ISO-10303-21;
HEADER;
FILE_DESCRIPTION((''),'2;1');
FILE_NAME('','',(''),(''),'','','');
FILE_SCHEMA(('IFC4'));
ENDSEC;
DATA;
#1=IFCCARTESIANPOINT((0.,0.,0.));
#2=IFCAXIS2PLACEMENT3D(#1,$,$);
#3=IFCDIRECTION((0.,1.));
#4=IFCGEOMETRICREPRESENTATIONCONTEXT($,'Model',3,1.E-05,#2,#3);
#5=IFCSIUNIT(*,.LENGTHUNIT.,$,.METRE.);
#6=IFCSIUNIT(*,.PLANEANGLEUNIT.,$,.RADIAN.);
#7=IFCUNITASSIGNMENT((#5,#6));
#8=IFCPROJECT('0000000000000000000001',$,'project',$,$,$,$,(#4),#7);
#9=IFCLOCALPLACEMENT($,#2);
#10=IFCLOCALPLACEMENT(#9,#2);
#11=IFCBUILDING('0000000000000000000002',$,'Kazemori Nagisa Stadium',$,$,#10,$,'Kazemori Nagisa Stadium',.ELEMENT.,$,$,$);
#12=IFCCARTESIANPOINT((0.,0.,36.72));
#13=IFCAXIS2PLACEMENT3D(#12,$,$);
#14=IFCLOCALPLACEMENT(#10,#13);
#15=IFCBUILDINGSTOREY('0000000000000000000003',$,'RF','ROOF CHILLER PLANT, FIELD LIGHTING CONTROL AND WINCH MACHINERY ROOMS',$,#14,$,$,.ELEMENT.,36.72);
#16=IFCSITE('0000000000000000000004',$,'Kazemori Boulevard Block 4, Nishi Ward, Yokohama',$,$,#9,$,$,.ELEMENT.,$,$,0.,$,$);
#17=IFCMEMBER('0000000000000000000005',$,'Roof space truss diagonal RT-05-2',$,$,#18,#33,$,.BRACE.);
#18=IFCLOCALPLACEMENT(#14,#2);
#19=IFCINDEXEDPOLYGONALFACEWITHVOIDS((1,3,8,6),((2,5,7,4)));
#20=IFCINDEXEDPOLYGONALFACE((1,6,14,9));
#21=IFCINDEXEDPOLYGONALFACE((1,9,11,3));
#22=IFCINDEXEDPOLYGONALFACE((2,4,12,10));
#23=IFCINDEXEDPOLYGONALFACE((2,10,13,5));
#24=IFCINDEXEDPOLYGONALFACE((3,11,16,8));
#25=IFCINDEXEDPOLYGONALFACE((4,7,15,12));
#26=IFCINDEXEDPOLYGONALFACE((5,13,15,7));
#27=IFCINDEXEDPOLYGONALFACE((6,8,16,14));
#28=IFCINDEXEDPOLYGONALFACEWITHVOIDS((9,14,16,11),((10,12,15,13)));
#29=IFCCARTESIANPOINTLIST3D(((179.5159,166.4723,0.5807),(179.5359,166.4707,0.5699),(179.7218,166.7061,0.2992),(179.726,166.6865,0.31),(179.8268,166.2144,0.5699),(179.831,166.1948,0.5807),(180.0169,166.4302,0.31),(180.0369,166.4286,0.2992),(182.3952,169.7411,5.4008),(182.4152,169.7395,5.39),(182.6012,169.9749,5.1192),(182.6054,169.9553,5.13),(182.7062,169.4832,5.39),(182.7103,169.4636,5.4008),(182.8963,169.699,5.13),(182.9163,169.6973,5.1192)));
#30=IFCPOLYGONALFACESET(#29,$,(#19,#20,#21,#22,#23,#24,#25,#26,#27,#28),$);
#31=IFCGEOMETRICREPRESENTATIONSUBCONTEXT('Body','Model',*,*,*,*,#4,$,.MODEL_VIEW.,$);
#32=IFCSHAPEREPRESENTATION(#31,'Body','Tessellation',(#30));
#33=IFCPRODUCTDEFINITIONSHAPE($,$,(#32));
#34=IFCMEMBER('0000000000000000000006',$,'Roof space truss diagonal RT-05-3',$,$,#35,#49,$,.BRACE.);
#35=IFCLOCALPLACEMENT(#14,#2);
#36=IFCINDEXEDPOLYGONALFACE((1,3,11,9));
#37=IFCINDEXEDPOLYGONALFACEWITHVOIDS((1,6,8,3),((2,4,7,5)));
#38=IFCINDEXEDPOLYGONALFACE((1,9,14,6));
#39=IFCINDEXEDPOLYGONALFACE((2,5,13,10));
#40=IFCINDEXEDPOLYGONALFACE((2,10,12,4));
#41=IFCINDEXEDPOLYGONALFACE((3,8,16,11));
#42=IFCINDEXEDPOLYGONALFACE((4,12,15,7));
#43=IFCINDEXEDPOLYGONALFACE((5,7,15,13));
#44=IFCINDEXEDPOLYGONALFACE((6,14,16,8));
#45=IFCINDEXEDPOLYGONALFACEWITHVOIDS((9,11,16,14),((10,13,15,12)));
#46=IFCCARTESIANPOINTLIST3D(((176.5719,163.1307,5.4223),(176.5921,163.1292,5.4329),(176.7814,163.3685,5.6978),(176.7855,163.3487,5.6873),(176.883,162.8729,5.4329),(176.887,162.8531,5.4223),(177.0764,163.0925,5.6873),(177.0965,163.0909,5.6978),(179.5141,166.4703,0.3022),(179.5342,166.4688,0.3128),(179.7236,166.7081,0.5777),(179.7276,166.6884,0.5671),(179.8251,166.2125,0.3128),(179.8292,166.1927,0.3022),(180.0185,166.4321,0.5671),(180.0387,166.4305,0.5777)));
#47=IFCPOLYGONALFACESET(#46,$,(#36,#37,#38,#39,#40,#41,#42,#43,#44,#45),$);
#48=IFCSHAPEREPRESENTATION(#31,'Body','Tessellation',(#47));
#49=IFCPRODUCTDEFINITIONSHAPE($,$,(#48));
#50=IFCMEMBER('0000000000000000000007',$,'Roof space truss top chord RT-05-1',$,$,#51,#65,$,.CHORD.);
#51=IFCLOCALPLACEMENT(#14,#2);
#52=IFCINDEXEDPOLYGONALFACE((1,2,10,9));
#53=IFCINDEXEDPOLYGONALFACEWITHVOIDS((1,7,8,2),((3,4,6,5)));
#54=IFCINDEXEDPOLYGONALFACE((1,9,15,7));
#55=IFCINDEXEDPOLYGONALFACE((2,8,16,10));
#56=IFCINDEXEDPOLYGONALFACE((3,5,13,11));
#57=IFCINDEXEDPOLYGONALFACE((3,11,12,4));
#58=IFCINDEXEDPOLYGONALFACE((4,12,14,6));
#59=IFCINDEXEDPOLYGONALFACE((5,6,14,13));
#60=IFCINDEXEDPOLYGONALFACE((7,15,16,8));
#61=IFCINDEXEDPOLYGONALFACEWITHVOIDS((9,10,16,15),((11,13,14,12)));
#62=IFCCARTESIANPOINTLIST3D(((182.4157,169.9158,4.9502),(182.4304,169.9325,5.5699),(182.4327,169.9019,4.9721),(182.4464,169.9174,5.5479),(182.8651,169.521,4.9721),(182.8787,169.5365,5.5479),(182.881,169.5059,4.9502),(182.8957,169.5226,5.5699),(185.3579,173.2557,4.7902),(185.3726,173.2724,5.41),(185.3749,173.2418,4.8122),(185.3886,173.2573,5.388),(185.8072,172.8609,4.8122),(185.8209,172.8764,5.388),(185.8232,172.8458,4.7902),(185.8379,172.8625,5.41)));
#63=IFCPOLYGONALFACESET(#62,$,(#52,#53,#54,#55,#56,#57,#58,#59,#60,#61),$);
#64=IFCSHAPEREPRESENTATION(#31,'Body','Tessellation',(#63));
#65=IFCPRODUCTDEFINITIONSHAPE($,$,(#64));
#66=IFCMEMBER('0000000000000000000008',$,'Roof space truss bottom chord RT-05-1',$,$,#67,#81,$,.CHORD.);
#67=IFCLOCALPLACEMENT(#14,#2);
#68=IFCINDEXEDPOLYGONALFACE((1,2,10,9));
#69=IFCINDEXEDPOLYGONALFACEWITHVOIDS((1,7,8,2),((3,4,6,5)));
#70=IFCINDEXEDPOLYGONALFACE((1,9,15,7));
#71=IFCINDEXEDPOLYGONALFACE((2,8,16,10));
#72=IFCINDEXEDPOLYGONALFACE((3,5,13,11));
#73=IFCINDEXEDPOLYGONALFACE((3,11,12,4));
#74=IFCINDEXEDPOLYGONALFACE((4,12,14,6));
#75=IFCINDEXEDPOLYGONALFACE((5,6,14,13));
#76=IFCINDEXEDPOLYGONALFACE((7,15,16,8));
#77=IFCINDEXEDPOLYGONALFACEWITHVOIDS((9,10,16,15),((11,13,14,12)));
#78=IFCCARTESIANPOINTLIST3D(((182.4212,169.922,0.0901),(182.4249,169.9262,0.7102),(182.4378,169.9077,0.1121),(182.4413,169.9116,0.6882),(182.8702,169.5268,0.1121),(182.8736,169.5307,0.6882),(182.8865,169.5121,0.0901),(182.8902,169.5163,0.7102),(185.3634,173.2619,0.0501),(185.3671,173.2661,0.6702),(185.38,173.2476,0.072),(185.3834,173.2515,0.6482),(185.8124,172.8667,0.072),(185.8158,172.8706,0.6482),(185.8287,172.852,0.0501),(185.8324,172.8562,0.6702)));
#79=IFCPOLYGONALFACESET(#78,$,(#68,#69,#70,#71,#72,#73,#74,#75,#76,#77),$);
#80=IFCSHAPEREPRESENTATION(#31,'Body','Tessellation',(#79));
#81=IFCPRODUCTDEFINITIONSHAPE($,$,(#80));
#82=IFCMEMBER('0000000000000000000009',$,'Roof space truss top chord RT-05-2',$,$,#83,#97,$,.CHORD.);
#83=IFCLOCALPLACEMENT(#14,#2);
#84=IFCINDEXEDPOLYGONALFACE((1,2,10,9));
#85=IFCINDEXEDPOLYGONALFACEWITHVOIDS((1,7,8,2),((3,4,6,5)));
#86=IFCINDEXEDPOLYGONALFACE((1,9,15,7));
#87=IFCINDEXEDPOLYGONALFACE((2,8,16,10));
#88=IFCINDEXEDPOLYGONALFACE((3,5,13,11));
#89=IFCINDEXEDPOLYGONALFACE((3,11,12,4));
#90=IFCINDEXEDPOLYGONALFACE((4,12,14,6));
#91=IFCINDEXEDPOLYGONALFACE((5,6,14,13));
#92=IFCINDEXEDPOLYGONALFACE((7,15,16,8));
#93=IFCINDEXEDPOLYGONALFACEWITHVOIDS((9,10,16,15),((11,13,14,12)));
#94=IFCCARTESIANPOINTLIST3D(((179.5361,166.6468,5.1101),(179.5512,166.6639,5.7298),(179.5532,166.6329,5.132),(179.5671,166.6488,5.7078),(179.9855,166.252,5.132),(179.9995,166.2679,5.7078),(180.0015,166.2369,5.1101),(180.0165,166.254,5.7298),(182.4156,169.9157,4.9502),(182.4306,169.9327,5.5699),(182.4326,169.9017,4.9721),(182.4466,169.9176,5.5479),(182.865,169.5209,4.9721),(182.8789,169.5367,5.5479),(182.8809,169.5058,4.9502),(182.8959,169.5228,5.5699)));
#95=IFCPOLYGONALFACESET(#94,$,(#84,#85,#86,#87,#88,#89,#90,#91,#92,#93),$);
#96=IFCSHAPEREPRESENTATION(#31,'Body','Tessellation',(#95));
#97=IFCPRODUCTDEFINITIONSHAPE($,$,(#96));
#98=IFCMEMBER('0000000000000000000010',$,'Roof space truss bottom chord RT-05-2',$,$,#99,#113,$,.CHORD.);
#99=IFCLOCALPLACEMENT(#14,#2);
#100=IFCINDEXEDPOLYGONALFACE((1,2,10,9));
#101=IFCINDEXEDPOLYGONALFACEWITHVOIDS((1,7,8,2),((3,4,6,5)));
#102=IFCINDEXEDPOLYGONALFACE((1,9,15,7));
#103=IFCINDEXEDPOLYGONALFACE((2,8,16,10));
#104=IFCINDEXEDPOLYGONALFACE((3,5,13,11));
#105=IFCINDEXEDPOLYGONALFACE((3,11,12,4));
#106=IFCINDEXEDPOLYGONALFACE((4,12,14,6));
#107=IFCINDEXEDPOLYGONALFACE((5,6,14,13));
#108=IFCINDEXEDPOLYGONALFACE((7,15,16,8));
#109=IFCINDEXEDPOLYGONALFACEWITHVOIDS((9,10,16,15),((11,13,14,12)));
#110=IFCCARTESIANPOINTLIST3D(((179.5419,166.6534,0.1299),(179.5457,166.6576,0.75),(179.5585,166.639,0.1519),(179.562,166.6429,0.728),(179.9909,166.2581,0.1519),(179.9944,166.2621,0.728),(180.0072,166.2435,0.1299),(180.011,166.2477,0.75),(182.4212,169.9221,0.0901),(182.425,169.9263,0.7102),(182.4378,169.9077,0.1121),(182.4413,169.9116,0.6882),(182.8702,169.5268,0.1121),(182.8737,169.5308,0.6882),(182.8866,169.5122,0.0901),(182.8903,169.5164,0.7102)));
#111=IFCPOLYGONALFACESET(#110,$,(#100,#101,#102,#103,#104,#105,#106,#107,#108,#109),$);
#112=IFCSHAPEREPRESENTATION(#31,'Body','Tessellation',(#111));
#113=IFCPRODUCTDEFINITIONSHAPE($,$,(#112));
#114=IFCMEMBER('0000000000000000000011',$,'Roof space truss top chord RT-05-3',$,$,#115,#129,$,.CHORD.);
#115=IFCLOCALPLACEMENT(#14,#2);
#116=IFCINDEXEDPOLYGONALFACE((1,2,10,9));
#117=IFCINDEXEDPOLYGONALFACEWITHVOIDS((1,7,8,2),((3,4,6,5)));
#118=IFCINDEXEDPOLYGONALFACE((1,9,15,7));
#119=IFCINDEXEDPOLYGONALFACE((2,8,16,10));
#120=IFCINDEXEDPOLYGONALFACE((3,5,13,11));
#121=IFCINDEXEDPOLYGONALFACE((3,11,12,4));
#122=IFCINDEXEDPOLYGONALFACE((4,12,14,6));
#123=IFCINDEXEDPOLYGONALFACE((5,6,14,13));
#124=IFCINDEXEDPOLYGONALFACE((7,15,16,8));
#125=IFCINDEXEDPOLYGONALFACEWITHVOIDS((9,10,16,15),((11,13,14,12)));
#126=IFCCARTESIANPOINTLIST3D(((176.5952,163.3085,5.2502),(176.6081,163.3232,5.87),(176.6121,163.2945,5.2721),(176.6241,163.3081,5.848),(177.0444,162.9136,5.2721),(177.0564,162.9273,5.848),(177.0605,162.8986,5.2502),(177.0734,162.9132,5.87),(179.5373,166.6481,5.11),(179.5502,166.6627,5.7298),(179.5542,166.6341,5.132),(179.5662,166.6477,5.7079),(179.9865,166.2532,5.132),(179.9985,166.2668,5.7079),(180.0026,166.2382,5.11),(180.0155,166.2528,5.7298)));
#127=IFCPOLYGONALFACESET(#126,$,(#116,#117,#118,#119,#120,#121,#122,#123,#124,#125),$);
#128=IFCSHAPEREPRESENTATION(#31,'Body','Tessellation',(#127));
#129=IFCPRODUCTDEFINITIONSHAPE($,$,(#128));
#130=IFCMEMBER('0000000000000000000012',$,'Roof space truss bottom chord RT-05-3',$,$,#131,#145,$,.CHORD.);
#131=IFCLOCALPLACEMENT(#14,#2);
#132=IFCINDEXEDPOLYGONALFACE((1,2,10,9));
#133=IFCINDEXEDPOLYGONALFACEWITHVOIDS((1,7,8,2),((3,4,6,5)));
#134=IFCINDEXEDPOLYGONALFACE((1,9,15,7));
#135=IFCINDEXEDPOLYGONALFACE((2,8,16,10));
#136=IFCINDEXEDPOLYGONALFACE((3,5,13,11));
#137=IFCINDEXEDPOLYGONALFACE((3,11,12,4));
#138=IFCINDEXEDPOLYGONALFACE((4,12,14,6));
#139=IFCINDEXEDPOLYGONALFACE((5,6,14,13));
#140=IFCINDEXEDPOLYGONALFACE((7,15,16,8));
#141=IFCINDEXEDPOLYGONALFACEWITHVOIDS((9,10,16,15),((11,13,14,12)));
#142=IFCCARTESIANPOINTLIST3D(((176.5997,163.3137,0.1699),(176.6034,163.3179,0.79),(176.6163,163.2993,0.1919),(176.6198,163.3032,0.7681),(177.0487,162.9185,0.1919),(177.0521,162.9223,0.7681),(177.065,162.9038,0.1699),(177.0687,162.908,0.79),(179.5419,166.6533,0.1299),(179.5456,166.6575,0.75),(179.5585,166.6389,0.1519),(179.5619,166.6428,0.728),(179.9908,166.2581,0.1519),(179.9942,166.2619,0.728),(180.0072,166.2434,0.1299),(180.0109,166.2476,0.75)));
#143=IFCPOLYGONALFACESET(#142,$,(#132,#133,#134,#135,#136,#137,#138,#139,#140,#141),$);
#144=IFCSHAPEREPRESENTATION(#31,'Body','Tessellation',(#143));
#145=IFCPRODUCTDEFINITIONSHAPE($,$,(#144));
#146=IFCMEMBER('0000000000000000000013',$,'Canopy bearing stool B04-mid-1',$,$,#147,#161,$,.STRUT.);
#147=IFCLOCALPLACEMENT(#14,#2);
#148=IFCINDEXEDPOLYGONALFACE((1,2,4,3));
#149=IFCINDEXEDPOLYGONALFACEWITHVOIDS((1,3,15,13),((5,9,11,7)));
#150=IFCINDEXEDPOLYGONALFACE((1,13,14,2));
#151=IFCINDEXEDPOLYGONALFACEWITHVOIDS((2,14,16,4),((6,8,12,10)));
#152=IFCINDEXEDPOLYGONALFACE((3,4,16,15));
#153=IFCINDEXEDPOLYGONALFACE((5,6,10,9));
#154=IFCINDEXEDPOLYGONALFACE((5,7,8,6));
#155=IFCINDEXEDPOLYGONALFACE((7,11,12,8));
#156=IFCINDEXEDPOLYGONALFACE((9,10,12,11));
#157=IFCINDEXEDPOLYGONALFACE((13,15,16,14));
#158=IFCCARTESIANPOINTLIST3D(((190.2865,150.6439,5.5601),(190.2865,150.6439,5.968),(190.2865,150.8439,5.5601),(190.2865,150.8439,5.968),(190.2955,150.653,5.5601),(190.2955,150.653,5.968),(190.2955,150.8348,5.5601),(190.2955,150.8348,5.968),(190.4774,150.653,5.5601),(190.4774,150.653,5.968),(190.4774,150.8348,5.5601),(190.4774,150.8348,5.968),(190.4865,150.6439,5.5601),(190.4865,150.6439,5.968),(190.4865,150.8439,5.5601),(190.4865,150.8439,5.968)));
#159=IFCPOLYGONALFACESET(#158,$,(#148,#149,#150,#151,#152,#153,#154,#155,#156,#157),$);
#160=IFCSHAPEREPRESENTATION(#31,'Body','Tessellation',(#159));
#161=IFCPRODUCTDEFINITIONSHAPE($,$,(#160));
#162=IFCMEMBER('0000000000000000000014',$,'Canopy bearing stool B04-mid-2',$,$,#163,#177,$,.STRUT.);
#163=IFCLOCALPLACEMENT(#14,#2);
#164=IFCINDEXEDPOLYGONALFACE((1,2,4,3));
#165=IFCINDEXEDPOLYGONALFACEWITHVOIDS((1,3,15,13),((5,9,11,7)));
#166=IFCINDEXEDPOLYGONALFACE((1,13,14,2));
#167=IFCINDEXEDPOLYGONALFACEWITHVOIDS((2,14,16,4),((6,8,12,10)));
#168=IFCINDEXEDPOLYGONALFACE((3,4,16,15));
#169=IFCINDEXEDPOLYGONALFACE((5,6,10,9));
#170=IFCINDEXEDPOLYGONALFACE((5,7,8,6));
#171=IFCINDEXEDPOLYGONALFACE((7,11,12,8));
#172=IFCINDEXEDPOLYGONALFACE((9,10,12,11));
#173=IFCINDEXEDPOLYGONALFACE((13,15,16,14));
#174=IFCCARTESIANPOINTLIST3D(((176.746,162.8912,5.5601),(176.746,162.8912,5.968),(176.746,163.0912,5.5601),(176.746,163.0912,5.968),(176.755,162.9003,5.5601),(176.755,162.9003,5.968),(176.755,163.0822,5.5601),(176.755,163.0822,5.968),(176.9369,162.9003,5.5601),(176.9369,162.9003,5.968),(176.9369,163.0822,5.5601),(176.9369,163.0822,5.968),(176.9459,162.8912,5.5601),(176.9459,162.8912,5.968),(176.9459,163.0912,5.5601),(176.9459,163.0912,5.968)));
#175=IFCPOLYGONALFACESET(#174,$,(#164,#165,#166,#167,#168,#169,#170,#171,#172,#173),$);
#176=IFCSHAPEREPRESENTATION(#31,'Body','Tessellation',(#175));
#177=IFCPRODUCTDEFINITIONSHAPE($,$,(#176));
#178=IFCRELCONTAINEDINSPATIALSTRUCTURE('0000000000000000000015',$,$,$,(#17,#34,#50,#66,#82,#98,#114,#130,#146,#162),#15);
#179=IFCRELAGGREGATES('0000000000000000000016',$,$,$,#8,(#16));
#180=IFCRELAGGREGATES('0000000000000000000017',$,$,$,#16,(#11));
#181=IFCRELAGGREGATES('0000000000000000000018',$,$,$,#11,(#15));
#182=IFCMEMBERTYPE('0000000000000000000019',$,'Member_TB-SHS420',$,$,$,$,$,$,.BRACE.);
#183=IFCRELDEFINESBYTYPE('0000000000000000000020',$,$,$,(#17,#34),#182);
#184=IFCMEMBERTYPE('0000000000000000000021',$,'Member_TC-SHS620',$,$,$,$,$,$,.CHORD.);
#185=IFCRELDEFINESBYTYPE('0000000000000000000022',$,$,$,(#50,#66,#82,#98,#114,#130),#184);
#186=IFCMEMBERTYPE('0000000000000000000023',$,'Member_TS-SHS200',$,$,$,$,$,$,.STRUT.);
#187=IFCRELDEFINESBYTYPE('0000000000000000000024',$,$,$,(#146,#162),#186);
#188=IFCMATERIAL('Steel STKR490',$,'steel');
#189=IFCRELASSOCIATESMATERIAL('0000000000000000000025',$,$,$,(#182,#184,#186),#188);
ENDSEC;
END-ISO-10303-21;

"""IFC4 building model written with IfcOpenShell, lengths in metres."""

from ifc_helpers import new_model, si_unit, direction, frame, origin, origin_2d, place, context, subcontext, project, spatial, hollow_rectangle, extrude, material, material_profile, profile_set, type_object, element, save


model = new_model("IFC4")

# Units and contexts
model_context = context("Model", 3, precision=1e-05, world=origin(), true_north=direction((0.0, 1.0)))
body_context = subcontext(model_context, "Body", "Model", "MODEL_VIEW")
ifc_project = project(units=[si_unit("LENGTHUNIT", "METRE"), si_unit("PLANEANGLEUNIT", "RADIAN")], contexts=[model_context])

# Site, building, storey
site_placement = place(None, origin())
site = spatial("IfcSite", under=ifc_project, at=site_placement, Name="Kazemori Boulevard Block 4, Nishi Ward, Yokohama", CompositionType="ELEMENT", RefElevation=0.0)
building_placement = place(site_placement, origin())
building = spatial("IfcBuilding", under=site, at=building_placement, Name="Kazemori Nagisa Stadium", LongName="Kazemori Nagisa Stadium", CompositionType="ELEMENT")
storey_placement = place(building_placement, frame((0.0, 0.0, 36.72)))
storey = spatial("IfcBuildingStorey", under=building, at=storey_placement, Name="RF", Description="ROOF CHILLER PLANT, FIELD LIGHTING CONTROL AND WINCH MACHINERY ROOMS", CompositionType="ELEMENT", Elevation=36.72)

# Members
ifc_material_1 = material(Name="Steel STKR490", Category="steel")
ifc_material_profile_1 = material_profile(ifc_material_1, hollow_rectangle(XDim=0.4199, YDim=0.4199, WallThickness=0.0161, at=origin_2d()), Name="SHS-420x420x16")
ifc_profile_set_1 = profile_set([ifc_material_profile_1], Name="Steel STKR490")
member_type_1 = type_object("IfcMemberType", Name="Member_TB-SHS420", PredefinedType="BRACE", material=ifc_profile_set_1)
member_1_placement = place(storey_placement, frame((182.6558, 169.7192, 5.26), z_axis=(-0.443199, -0.503136, -0.741909), x_axis=(0.750389, -0.660997, 0.0)))
element("IfcMember", 1, at=member_1_placement, inside=storey, type_object=member_type_1, Name="Roof space truss diagonal RT-05-2", PredefinedType="BRACE", context=body_context, shape_type="SweptSolid", body=[
    extrude(hollow_rectangle(XDim=0.4199, YDim=0.4199, WallThickness=0.0161, at=origin_2d()), origin(), (0.0, 0.0, 1.0), 6.4968),
])
member_2_placement = place(storey_placement, frame((179.7764, 166.4504, 0.4399), z_axis=(-0.433678, -0.492265, 0.754717), x_axis=(0.750347, -0.661045, 0.0)))
element("IfcMember", 2, at=member_2_placement, inside=storey, type_object=member_type_1, Name="Roof space truss diagonal RT-05-3", PredefinedType="BRACE", context=body_context, shape_type="SweptSolid", body=[
    extrude(hollow_rectangle(XDim=0.4199, YDim=0.4199, WallThickness=0.0161, at=origin_2d()), origin(), (0.0, 0.0, 1.0), 6.7842),
])
ifc_material_profile_2 = material_profile(ifc_material_1, hollow_rectangle(XDim=0.6201, YDim=0.6201, WallThickness=0.022, at=origin_2d()), Name="SHS-620x620x22")
ifc_profile_set_2 = profile_set([ifc_material_profile_2], Name="Steel STKR490")
member_type_2 = type_object("IfcMemberType", Name="Member_TC-SHS620", PredefinedType="CHORD", material=ifc_profile_set_2)
member_3_placement = place(storey_placement, frame((185.5979, 173.0591, 5.1001), z_axis=(-0.660591, -0.749887, 0.035905), x_axis=(0.750371, -0.661017, 0.0)))
element("IfcMember", 3, at=member_3_placement, inside=storey, type_object=member_type_2, Name="Roof space truss top chord RT-05-1", PredefinedType="CHORD", context=body_context, shape_type="SweptSolid", body=[
    extrude(hollow_rectangle(XDim=0.6201, YDim=0.6201, WallThickness=0.022, at=origin_2d()), origin(), (0.0, 0.0, 1.0), 4.4539),
])
member_4_placement = place(storey_placement, frame((185.5979, 173.0591, 0.3601), z_axis=(-0.660991, -0.75034, 0.008995), x_axis=(0.750371, -0.661017, 0.0)))
element("IfcMember", 4, at=member_4_placement, inside=storey, type_object=member_type_2, Name="Roof space truss bottom chord RT-05-1", PredefinedType="CHORD", context=body_context, shape_type="SweptSolid", body=[
    extrude(hollow_rectangle(XDim=0.6201, YDim=0.6201, WallThickness=0.022, at=origin_2d()), origin(), (0.0, 0.0, 1.0), 4.4512),
])
member_5_placement = place(storey_placement, frame((182.6558, 169.7192, 5.26), z_axis=(-0.660552, -0.749884, 0.036685), x_axis=(0.750389, -0.660997, 0.0)))
element("IfcMember", 5, at=member_5_placement, inside=storey, type_object=member_type_2, Name="Roof space truss top chord RT-05-2", PredefinedType="CHORD", context=body_context, shape_type="SweptSolid", body=[
    extrude(hollow_rectangle(XDim=0.6201, YDim=0.6201, WallThickness=0.022, at=origin_2d()), origin(), (0.0, 0.0, 1.0), 4.3591),
])
member_6_placement = place(storey_placement, frame((182.6558, 169.7192, 0.4001), z_axis=(-0.660969, -0.750357, 0.009135), x_axis=(0.750389, -0.660997, 0.0)))
element("IfcMember", 6, at=member_6_placement, inside=storey, type_object=member_type_2, Name="Roof space truss bottom chord RT-05-2", PredefinedType="CHORD", context=body_context, shape_type="SweptSolid", body=[
    extrude(hollow_rectangle(XDim=0.6201, YDim=0.6201, WallThickness=0.022, at=origin_2d()), origin(), (0.0, 0.0, 1.0), 4.3562),
])
member_7_placement = place(storey_placement, frame((179.7764, 166.4504, 5.4199), z_axis=(-0.660717, -0.749975, 0.031471), x_axis=(0.750347, -0.661045, 0.0)))
element("IfcMember", 7, at=member_7_placement, inside=storey, type_object=member_type_2, Name="Roof space truss top chord RT-05-3", PredefinedType="CHORD", context=body_context, shape_type="SweptSolid", body=[
    extrude(hollow_rectangle(XDim=0.6201, YDim=0.6201, WallThickness=0.022, at=origin_2d()), origin(), (0.0, 0.0, 1.0), 4.4529),
])
member_8_placement = place(storey_placement, frame((179.7764, 166.4504, 0.4399), z_axis=(-0.661018, -0.750316, 0.008996), x_axis=(0.750347, -0.661045, 0.0)))
element("IfcMember", 8, at=member_8_placement, inside=storey, type_object=member_type_2, Name="Roof space truss bottom chord RT-05-3", PredefinedType="CHORD", context=body_context, shape_type="SweptSolid", body=[
    extrude(hollow_rectangle(XDim=0.6201, YDim=0.6201, WallThickness=0.022, at=origin_2d()), origin(), (0.0, 0.0, 1.0), 4.4509),
])
ifc_material_profile_3 = material_profile(ifc_material_1, hollow_rectangle(XDim=0.2, YDim=0.2, WallThickness=0.009, at=origin_2d()), Name="SHS-200x200x9")
ifc_profile_set_3 = profile_set([ifc_material_profile_3], Name="Steel STKR490")
member_type_3 = type_object("IfcMemberType", Name="Member_TS-SHS200", PredefinedType="STRUT", material=ifc_profile_set_3)
for number, where, z_axis, x_axis, name in (
    (9, (190.3865, 150.7439, 5.5601), (0.0, 0.0, 1.0), (1.0, 0.0, 0.0), "Canopy bearing stool B04-mid-1"),
    (10, (176.8459, 162.9912, 5.5601), (0.0, 0.0, 1.0), (1.0, 0.0, 0.0), "Canopy bearing stool B04-mid-2"),
):
    element("IfcMember", number, at=place(storey_placement, frame(where, z_axis=z_axis, x_axis=x_axis)), inside=storey, type_object=member_type_3, Name=name, PredefinedType="STRUT", context=body_context, shape_type="SweptSolid", body=[
        extrude(hollow_rectangle(XDim=0.2, YDim=0.2, WallThickness=0.009, at=origin_2d()), origin(), (0.0, 0.0, 1.0), 0.408),
    ])

save(model, "model.ifc")
